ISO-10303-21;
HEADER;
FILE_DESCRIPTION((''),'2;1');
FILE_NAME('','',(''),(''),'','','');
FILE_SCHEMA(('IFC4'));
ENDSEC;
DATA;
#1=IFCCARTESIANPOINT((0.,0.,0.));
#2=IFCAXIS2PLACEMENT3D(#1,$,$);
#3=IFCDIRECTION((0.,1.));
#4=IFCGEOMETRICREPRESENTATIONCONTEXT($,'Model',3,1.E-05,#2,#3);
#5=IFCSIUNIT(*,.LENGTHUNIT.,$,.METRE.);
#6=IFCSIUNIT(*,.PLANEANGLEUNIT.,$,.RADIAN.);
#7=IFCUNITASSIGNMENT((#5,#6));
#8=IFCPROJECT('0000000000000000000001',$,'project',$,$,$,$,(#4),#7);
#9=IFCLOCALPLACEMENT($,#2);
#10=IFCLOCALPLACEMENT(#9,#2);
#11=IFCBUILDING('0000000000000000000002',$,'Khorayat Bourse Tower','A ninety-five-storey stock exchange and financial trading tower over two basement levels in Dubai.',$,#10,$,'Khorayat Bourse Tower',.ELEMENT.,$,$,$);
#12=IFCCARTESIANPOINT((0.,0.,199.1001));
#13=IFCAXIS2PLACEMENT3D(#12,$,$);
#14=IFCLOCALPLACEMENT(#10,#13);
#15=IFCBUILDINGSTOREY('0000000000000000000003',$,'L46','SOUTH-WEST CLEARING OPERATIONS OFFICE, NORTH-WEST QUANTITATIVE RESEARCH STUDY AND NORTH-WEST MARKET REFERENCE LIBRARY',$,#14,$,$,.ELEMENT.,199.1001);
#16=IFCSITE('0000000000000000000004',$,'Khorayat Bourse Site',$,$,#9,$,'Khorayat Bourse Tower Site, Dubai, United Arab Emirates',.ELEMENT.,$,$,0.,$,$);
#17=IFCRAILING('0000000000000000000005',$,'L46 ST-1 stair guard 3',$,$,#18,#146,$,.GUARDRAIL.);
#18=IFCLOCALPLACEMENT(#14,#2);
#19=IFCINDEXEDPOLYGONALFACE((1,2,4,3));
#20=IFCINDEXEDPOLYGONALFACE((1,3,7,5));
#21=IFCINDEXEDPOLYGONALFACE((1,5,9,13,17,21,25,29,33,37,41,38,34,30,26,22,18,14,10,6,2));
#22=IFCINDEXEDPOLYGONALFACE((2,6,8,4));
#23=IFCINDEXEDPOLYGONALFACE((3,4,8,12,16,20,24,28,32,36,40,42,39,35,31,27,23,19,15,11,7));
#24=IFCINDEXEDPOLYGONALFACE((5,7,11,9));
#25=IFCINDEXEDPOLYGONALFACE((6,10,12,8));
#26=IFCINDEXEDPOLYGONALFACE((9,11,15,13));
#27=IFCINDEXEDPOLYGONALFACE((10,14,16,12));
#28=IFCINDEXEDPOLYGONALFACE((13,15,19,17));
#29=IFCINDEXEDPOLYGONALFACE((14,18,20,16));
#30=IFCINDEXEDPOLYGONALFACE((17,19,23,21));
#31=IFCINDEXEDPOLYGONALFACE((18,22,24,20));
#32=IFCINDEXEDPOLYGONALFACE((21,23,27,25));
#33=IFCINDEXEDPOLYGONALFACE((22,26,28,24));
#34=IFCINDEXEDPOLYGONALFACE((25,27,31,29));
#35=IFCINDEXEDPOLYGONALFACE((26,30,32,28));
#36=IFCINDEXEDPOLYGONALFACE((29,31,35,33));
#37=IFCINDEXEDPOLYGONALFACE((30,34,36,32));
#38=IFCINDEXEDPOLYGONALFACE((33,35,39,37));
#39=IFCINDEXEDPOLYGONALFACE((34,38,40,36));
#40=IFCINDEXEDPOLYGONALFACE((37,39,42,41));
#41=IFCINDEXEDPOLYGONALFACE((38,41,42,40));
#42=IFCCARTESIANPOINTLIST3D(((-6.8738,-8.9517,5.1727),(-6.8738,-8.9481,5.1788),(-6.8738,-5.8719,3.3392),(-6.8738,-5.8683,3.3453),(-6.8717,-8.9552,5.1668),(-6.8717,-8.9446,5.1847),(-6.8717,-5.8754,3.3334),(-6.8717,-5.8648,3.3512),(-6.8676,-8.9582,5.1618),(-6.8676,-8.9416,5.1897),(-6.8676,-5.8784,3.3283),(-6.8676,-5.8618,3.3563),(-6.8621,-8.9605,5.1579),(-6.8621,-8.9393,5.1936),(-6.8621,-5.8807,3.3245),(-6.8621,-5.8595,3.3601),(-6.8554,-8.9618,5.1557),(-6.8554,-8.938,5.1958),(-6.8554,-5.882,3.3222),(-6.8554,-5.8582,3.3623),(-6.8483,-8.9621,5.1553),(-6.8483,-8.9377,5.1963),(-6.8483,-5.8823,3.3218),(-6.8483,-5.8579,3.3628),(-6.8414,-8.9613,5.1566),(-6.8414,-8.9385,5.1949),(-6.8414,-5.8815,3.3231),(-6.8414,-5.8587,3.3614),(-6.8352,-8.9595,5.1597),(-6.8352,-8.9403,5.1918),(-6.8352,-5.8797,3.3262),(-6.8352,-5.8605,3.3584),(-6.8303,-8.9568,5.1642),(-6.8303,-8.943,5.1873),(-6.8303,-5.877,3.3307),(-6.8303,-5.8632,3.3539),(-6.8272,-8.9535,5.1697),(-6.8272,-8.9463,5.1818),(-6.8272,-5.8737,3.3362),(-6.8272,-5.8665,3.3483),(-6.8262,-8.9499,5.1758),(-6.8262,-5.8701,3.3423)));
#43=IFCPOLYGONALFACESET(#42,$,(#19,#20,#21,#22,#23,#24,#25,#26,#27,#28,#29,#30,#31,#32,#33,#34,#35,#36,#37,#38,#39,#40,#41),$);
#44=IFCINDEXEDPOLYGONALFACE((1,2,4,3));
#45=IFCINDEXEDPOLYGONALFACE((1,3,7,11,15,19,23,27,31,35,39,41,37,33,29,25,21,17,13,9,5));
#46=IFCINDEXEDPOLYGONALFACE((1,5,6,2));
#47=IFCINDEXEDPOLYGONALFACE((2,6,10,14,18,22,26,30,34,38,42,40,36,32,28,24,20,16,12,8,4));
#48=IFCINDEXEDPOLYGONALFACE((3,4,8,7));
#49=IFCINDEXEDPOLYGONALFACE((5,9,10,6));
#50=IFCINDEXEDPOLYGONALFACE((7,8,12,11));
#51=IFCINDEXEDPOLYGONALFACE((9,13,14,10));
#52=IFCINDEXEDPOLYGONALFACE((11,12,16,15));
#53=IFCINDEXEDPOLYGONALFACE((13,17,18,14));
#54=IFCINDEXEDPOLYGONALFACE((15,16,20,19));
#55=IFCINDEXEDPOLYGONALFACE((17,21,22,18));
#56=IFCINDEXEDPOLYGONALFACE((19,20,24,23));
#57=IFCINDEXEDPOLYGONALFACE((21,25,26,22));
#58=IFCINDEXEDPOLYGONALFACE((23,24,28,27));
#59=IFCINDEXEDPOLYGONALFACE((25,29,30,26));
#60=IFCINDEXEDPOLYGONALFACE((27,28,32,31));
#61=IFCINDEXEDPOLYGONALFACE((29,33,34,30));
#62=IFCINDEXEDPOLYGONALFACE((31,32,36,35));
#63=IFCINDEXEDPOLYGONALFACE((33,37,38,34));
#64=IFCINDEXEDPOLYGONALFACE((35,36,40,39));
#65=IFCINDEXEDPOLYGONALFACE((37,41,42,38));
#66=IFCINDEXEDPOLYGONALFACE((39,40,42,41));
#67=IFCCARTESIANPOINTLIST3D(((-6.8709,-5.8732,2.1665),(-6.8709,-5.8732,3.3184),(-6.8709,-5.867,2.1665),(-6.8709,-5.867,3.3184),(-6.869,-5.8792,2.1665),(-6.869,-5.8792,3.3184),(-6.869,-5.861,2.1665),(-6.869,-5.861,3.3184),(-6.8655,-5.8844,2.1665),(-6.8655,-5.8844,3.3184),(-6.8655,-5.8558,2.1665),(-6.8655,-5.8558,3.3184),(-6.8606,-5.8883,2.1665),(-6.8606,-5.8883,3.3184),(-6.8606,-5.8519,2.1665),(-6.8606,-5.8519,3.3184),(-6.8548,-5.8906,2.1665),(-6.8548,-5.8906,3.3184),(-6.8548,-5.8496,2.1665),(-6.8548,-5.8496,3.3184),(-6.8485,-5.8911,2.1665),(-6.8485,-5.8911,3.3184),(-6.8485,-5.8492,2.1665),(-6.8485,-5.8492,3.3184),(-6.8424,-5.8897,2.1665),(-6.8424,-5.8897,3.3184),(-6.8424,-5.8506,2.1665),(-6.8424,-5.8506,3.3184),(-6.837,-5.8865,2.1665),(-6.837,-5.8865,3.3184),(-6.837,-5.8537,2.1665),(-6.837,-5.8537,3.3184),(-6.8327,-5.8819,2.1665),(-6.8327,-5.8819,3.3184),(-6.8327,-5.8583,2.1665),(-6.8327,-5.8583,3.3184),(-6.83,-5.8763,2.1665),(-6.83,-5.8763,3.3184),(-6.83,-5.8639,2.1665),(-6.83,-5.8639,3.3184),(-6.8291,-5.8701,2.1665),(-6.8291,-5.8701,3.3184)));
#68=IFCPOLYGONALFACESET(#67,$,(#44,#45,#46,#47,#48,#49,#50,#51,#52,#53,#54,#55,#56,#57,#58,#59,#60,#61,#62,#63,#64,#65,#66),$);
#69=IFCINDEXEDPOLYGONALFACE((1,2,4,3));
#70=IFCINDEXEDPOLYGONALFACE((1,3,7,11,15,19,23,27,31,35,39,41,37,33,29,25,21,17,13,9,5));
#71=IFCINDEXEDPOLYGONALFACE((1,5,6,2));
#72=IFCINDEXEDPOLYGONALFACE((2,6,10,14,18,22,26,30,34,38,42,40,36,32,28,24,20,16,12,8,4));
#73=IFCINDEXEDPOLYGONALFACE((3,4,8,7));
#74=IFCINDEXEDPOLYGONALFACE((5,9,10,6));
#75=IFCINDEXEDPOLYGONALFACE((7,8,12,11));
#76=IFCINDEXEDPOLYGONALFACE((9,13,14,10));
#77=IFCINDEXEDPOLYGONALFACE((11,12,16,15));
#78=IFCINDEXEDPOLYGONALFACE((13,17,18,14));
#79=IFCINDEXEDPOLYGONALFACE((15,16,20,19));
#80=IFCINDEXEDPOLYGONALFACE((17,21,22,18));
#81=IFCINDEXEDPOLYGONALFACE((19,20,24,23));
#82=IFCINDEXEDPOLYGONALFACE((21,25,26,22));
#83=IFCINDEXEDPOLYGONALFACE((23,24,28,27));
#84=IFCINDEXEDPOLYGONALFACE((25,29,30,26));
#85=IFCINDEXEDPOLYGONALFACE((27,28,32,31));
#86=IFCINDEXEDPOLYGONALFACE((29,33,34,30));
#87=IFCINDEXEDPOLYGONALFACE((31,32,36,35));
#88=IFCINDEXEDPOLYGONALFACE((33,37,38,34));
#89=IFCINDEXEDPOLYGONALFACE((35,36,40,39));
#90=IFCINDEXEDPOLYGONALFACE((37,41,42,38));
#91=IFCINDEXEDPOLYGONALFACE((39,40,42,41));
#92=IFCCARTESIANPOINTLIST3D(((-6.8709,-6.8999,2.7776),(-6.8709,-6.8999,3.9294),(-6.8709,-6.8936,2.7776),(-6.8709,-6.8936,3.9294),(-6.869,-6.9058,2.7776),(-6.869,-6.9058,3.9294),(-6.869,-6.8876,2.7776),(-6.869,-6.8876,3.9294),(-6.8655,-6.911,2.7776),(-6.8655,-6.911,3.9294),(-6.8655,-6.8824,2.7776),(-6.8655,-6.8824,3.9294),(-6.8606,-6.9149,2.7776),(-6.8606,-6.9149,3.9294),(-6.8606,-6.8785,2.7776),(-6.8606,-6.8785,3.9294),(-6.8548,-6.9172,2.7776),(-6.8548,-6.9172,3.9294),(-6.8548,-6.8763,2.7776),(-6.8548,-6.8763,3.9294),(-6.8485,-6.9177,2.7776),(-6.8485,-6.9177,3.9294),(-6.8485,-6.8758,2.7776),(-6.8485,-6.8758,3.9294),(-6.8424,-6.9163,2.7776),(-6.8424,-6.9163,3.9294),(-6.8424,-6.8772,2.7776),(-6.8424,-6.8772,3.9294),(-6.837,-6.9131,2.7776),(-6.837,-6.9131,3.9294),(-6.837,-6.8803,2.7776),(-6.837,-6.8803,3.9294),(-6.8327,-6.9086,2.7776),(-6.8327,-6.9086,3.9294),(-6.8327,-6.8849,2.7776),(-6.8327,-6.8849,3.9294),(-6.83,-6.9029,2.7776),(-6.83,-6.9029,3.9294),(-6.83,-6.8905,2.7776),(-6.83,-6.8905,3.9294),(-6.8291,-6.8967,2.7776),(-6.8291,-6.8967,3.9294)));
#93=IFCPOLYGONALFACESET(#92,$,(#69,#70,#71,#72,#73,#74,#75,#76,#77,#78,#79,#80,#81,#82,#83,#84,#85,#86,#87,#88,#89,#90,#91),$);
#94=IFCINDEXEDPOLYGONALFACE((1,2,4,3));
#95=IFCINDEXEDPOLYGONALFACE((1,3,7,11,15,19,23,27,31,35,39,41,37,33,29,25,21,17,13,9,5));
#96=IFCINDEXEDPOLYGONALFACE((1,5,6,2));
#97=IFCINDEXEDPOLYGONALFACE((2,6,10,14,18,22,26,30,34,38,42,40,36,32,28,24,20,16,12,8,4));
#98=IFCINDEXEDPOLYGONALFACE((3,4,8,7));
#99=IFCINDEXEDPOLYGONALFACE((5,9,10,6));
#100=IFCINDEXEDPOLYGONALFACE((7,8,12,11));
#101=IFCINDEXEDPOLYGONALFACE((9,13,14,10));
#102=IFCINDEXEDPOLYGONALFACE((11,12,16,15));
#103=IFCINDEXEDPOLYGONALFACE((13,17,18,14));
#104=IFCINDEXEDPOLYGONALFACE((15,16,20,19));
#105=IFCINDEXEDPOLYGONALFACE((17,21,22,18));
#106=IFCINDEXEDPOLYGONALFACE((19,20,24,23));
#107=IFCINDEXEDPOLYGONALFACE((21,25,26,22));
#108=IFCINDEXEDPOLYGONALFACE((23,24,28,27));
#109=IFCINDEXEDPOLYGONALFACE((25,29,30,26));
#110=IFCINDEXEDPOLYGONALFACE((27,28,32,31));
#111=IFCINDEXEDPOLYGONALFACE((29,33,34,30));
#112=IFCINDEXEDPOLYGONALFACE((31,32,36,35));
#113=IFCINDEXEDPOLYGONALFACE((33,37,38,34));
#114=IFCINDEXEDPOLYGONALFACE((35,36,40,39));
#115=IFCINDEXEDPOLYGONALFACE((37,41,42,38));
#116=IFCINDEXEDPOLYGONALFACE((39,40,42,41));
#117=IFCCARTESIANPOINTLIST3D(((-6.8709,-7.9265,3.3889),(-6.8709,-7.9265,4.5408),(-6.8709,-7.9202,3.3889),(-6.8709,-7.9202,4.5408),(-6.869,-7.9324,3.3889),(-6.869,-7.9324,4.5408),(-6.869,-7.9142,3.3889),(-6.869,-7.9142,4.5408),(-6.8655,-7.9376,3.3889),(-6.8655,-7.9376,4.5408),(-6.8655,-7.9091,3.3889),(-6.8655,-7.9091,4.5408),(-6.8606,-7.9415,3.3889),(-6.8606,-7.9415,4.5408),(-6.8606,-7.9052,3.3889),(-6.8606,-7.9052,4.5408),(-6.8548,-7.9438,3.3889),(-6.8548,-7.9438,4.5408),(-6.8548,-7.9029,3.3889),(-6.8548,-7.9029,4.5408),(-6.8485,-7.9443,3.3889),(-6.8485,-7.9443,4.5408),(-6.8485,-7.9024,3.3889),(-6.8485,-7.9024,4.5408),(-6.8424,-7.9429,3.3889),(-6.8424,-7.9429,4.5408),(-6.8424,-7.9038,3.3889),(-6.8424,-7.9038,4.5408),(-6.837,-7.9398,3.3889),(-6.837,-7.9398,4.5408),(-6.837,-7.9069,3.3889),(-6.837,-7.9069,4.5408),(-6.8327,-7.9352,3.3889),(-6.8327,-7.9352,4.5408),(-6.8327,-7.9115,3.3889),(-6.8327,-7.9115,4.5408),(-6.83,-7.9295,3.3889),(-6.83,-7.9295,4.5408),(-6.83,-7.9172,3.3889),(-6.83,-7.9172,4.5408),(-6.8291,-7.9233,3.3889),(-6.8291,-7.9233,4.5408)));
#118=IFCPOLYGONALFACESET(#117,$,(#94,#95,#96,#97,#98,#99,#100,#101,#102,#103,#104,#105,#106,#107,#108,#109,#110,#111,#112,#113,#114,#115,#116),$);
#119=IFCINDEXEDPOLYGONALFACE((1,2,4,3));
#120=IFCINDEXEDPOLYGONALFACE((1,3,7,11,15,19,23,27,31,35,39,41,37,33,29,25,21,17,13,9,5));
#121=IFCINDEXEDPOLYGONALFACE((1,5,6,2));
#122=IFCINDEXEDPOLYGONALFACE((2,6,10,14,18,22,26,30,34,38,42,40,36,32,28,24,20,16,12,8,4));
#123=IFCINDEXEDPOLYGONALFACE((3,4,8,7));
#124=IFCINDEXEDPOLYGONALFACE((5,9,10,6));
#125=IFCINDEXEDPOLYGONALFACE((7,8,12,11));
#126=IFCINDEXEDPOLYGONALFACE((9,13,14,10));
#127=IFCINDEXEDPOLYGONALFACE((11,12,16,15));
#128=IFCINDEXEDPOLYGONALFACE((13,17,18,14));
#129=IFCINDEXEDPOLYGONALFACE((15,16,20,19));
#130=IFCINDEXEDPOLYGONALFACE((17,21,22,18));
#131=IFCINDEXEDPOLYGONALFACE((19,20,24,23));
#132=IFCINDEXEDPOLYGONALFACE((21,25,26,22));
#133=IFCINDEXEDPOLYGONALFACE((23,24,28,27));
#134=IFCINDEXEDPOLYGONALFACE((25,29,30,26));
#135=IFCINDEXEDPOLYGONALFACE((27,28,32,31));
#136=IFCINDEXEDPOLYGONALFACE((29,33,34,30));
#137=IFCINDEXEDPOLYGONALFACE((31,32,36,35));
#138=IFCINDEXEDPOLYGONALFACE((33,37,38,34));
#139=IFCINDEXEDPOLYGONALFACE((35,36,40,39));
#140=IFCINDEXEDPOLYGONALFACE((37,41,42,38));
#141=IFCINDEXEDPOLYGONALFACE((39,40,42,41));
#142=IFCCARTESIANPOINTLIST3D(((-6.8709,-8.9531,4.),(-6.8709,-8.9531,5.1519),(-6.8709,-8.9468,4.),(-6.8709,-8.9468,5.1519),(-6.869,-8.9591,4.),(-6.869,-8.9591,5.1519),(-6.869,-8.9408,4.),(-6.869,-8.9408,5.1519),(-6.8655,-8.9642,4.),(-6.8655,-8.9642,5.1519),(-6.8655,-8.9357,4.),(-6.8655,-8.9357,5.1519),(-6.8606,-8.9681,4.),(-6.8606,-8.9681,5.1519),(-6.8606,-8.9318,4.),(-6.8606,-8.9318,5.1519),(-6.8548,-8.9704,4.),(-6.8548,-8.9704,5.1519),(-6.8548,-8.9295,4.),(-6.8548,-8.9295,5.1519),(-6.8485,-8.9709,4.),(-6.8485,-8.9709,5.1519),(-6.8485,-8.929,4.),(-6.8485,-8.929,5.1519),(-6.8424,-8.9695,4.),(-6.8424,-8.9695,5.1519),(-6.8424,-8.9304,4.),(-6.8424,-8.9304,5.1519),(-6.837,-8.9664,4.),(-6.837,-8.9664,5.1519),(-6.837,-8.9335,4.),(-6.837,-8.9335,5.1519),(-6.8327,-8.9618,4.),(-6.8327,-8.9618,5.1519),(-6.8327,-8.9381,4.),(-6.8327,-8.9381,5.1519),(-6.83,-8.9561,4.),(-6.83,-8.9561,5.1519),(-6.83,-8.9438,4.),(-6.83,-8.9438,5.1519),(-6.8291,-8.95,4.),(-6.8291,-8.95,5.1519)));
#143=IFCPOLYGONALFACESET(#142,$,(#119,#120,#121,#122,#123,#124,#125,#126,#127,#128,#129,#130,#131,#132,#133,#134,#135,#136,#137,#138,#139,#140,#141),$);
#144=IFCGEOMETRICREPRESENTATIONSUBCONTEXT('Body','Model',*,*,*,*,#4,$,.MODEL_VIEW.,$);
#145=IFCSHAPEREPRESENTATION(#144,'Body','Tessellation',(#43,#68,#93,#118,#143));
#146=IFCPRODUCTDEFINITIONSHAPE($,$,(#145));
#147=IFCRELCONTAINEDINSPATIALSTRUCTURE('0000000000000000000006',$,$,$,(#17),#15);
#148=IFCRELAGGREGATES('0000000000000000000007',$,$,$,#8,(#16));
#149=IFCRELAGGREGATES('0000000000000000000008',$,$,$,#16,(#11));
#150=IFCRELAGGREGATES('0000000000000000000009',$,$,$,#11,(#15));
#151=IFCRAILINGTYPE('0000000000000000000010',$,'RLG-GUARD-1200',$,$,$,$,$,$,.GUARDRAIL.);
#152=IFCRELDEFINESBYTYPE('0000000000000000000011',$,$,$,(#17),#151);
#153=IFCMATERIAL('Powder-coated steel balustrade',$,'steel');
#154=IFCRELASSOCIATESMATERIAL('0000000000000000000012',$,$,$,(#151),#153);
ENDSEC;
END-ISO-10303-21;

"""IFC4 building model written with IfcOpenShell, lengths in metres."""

from ifc_helpers import new_model, si_unit, direction, frame, origin, origin_2d, place, context, subcontext, project, spatial, circle, extrude, source, transform, mapped, material, type_object, element, save


model = new_model("IFC4")

# Units and contexts
model_context = context("Model", 3, precision=1e-05, world=origin(), true_north=direction((0.0, 1.0)))
body_context = subcontext(model_context, "Body", "Model", "MODEL_VIEW")
ifc_project = project(units=[si_unit("LENGTHUNIT", "METRE"), si_unit("PLANEANGLEUNIT", "RADIAN")], contexts=[model_context])

# Site, building, storey
site_placement = place(None, origin())
site = spatial("IfcSite", under=ifc_project, at=site_placement, Name="Khorayat Bourse Site", LongName="Khorayat Bourse Tower Site, Dubai, United Arab Emirates", CompositionType="ELEMENT", RefElevation=0.0)
building_placement = place(site_placement, origin())
building = spatial("IfcBuilding", under=site, at=building_placement, Name="Khorayat Bourse Tower", Description="A ninety-five-storey stock exchange and financial trading tower over two basement levels in Dubai.", LongName="Khorayat Bourse Tower", CompositionType="ELEMENT")
storey_placement = place(building_placement, frame((0.0, 0.0, 199.1001)))
storey = spatial("IfcBuildingStorey", under=building, at=storey_placement, Name="L46", Description="SOUTH-WEST CLEARING OPERATIONS OFFICE, NORTH-WEST QUANTITATIVE RESEARCH STUDY AND NORTH-WEST MARKET REFERENCE LIBRARY", CompositionType="ELEMENT", Elevation=199.1001)

# Railing
ifc_material_1 = material(Name="Powder-coated steel balustrade", Category="steel")
railing_type_1 = type_object("IfcRailingType", Name="RLG-GUARD-1200", PredefinedType="GUARDRAIL", material=ifc_material_1)
shared_shape_1 = source(origin(), body_context, "Body", "SweptSolid", [
    extrude(circle(Radius=0.0239, at=origin_2d()), frame((0.0, 0.0, 1.1758), z_axis=(0.0, -0.859261, 0.511538), x_axis=(1.0, 0.0, 0.0)), (0.0, 0.0, 1.0), 3.5842),
    extrude(circle(Radius=0.021, at=origin_2d()), origin(), (0.0, 0.0, 1.0), 1.1519),
    extrude(circle(Radius=0.021, at=origin_2d()), frame((0.0, -1.0266, 0.6111)), (0.0, 0.0, 1.0), 1.1519),
    extrude(circle(Radius=0.021, at=origin_2d()), frame((0.0, -2.0532, 1.2224)), (0.0, 0.0, 1.0), 1.1519),
    extrude(circle(Radius=0.021, at=origin_2d()), frame((0.0, -3.0798, 1.8335)), (0.0, 0.0, 1.0), 1.1519),
])
railing_1_placement = place(storey_placement, frame((-6.8501, -5.8701, 2.1665)))
element("IfcRailing", 1, at=railing_1_placement, inside=storey, type_object=railing_type_1, Name="L46 ST-1 stair guard 3", PredefinedType="GUARDRAIL", context=body_context, shape_type="MappedRepresentation", body=[
    mapped(shared_shape_1, transform((0.0, 0.0, 0.0), scale=1.0)),
])

save(model, "model.ifc")
